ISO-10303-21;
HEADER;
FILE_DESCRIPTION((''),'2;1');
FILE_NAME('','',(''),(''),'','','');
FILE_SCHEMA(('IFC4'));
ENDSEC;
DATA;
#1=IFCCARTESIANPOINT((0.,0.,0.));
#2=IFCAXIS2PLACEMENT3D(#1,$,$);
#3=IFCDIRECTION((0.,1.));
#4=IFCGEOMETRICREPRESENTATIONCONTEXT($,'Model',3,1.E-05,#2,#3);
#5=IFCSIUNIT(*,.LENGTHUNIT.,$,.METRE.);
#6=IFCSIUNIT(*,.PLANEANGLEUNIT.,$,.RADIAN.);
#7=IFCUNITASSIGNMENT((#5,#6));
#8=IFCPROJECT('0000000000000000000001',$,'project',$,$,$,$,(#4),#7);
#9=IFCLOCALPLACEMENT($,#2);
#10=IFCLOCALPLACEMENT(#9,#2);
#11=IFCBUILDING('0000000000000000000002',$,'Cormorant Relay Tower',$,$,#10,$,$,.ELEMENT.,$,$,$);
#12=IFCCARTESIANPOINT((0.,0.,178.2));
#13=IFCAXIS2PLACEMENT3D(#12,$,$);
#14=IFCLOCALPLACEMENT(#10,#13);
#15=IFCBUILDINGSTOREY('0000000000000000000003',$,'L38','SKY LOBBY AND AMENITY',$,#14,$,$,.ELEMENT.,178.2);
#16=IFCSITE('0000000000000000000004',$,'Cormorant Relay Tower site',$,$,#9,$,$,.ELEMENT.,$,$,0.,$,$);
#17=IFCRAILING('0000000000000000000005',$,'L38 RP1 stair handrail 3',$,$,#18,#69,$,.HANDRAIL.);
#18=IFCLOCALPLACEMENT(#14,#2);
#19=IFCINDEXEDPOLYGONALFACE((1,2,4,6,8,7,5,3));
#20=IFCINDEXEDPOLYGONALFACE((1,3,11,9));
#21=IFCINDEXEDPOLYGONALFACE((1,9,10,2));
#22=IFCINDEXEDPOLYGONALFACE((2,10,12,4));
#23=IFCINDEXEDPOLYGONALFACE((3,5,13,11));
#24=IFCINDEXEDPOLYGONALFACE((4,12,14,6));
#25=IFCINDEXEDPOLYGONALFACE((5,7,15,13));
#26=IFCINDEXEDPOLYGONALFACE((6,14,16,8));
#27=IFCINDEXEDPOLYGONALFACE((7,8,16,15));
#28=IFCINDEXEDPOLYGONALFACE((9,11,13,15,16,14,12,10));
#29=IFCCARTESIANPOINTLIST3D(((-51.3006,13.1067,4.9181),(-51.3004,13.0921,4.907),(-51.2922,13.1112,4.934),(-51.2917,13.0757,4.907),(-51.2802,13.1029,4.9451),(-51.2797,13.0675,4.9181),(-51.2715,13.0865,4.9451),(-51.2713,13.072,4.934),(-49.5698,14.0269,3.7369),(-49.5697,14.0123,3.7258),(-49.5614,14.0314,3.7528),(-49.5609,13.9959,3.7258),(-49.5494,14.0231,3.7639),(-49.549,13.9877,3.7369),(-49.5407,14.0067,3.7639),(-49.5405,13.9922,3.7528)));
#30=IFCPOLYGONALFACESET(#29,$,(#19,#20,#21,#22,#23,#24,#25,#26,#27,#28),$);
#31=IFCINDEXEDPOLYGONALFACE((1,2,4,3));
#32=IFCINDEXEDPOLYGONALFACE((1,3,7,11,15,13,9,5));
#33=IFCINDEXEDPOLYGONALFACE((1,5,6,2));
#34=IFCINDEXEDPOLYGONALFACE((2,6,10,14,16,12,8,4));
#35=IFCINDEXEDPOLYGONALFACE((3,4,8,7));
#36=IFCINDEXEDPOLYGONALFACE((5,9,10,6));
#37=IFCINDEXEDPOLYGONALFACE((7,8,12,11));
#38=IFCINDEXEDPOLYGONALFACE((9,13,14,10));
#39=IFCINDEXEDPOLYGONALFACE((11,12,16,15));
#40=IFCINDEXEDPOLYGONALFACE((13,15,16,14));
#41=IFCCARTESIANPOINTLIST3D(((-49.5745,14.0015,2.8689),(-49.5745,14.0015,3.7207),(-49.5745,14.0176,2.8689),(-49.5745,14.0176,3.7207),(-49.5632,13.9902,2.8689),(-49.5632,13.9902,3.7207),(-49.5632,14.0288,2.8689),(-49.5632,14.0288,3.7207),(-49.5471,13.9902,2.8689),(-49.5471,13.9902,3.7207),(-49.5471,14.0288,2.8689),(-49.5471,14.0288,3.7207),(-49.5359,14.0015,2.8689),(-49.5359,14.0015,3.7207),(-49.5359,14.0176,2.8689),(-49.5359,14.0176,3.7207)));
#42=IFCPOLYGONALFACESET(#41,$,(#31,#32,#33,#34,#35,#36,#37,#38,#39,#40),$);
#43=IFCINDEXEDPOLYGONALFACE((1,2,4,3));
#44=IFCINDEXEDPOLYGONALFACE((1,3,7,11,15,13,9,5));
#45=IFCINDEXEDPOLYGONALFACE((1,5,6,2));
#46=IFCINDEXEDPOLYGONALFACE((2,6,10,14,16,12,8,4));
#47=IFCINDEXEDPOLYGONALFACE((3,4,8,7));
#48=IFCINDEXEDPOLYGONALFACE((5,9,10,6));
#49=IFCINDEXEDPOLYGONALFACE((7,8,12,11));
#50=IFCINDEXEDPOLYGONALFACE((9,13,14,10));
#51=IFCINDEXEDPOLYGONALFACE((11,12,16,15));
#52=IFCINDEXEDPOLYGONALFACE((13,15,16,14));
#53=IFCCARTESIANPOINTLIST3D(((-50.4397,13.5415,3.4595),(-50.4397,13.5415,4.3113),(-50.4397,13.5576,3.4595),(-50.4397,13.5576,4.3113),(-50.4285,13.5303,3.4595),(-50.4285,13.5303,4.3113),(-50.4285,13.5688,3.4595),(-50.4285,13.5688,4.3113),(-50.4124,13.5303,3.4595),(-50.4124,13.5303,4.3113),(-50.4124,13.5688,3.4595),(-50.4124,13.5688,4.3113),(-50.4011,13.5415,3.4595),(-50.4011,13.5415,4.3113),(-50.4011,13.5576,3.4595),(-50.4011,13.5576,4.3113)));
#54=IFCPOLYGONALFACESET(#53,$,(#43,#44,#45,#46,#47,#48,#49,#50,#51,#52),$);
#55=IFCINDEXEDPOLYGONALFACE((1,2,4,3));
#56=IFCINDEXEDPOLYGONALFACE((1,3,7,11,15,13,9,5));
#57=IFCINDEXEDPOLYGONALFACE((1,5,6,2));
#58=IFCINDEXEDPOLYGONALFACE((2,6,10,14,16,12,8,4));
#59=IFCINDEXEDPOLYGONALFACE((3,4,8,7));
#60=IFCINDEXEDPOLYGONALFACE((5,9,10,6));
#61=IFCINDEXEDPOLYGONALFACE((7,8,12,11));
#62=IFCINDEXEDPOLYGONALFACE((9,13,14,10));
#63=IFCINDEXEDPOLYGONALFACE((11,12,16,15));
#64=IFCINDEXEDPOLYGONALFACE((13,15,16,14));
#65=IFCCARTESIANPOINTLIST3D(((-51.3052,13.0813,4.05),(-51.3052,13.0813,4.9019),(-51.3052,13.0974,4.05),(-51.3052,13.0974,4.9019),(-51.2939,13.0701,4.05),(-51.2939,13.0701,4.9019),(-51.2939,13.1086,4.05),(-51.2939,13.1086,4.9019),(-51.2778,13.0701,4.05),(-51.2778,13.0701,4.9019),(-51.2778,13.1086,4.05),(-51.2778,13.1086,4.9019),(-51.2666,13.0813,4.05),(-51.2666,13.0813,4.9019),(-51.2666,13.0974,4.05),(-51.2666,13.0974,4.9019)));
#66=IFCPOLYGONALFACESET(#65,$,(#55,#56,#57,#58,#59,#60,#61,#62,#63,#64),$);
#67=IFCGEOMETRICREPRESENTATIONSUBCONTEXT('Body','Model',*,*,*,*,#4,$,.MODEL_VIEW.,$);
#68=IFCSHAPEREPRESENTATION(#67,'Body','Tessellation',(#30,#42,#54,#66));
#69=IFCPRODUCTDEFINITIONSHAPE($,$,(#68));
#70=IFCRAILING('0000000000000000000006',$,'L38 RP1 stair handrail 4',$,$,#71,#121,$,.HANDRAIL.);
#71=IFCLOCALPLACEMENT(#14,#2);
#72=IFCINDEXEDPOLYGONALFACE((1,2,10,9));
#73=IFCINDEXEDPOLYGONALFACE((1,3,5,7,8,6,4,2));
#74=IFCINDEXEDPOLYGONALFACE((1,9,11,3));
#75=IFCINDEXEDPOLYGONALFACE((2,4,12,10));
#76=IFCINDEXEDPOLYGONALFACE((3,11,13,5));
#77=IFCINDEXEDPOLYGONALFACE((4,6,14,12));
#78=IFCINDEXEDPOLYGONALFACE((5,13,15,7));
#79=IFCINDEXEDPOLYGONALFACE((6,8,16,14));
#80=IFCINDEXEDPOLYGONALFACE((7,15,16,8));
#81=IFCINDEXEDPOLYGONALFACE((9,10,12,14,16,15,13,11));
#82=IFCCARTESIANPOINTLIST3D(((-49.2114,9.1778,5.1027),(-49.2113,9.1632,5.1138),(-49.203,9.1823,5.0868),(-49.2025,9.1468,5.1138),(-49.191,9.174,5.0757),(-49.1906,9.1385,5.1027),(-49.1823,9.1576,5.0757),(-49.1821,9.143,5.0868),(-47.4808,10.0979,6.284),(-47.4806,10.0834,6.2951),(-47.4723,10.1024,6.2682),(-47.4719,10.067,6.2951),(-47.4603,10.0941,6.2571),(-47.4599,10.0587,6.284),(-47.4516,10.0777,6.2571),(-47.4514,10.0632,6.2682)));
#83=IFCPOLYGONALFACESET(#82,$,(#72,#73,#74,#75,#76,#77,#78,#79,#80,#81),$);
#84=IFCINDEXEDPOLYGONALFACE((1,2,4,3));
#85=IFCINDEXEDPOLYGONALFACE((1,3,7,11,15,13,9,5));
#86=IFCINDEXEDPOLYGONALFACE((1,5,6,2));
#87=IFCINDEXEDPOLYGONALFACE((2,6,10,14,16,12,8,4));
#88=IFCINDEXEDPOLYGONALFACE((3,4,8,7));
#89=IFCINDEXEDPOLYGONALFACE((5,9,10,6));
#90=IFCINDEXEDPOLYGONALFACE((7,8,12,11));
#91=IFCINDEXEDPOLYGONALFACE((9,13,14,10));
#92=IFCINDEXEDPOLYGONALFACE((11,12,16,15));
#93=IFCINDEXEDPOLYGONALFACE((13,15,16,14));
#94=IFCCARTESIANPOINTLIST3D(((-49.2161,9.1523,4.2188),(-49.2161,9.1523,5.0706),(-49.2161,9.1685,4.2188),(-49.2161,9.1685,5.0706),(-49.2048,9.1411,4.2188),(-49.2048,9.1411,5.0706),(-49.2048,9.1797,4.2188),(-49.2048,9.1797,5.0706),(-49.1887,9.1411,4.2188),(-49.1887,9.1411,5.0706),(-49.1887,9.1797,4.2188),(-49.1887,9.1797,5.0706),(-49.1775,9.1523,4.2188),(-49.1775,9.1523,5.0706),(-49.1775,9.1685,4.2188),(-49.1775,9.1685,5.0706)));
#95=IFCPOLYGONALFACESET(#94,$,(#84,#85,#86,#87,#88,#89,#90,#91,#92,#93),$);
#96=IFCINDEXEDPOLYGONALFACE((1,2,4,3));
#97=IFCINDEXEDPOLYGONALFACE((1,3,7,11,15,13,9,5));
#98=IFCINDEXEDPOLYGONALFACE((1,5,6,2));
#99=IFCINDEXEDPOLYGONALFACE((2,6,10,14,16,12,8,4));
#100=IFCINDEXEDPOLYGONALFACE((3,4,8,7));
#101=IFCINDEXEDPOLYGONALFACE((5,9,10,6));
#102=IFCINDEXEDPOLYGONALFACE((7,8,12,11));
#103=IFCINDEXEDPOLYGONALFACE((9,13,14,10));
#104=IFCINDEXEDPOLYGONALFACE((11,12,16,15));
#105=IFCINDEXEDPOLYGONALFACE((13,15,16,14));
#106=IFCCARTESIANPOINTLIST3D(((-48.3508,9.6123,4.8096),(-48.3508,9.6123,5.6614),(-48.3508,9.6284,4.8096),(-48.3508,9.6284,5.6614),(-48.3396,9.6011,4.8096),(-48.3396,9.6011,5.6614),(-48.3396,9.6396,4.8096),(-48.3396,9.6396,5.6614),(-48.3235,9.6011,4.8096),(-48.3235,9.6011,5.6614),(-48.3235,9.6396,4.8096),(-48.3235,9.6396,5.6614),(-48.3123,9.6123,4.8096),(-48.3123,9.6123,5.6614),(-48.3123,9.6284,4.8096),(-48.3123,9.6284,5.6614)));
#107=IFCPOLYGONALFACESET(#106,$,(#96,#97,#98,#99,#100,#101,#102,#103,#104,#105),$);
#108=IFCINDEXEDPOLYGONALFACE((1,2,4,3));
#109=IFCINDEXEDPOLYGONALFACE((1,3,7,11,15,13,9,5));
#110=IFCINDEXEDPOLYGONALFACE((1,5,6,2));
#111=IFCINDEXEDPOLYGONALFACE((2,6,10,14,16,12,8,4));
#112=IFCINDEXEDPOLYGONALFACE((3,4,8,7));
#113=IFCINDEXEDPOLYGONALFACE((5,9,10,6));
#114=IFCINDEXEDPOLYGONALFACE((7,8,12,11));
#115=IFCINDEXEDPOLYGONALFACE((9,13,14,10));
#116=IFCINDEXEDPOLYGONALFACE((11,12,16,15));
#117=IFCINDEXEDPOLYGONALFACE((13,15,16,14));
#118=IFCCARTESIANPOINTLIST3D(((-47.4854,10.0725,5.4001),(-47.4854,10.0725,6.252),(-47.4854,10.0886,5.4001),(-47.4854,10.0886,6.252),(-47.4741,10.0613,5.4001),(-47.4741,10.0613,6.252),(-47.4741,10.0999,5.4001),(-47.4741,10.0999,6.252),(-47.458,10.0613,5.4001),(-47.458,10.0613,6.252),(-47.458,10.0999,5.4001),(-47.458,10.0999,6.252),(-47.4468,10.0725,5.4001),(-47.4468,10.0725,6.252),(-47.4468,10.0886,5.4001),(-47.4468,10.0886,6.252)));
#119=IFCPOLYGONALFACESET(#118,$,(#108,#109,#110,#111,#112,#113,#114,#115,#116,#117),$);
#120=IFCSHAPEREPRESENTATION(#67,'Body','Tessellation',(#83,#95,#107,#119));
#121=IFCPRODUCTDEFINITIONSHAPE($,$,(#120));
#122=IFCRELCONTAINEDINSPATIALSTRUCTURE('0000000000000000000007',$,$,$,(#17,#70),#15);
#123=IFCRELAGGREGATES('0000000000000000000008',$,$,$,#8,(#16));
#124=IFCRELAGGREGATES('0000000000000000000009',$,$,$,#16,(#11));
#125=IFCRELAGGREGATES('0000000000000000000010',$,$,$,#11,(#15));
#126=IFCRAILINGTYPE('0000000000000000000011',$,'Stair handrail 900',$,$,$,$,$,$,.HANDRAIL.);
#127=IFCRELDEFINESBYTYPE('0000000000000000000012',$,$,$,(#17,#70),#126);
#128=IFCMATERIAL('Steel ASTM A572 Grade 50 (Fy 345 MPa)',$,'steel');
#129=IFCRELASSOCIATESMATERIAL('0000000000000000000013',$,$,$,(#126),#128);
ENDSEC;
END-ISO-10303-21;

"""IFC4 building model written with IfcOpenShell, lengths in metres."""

from ifc_helpers import new_model, si_unit, direction, frame, origin, place, context, subcontext, project, spatial, polyline, outline, extrude, material, type_object, element, save


model = new_model("IFC4")

# Units and contexts
model_context = context("Model", 3, precision=1e-05, world=origin(), true_north=direction((0.0, 1.0)))
body_context = subcontext(model_context, "Body", "Model", "MODEL_VIEW")
ifc_project = project(units=[si_unit("LENGTHUNIT", "METRE"), si_unit("PLANEANGLEUNIT", "RADIAN")], contexts=[model_context])

# Site, building, storey
site_placement = place(None, origin())
site = spatial("IfcSite", under=ifc_project, at=site_placement, Name="Cormorant Relay Tower site", CompositionType="ELEMENT", RefElevation=0.0)
building_placement = place(site_placement, origin())
building = spatial("IfcBuilding", under=site, at=building_placement, Name="Cormorant Relay Tower", CompositionType="ELEMENT")
storey_placement = place(building_placement, frame((0.0, 0.0, 178.2)))
storey = spatial("IfcBuildingStorey", under=building, at=storey_placement, Name="L38", Description="SKY LOBBY AND AMENITY", CompositionType="ELEMENT", Elevation=178.2)

# Railings
ifc_material_1 = material(Name="Steel ASTM A572 Grade 50 (Fy 345 MPa)", Category="steel")
railing_type_1 = type_object("IfcRailingType", Name="Stair handrail 900", PredefinedType="HANDRAIL", material=ifc_material_1)
railing_1_placement = place(storey_placement, frame((-49.5552, 14.0095, 2.8689)))
element("IfcRailing", 1, at=railing_1_placement, inside=storey, type_object=railing_type_1, Name="L38 RP1 stair handrail 3", PredefinedType="HANDRAIL", context=body_context, shape_type="SweptSolid", body=[
    extrude(outline(polyline([(0.0222, 0.0093), (0.0093, 0.0222), (-0.0093, 0.0222), (-0.0222, 0.0093), (-0.0222, -0.0093), (-0.0093, -0.0222), (0.0093, -0.0222), (0.0222, -0.0093), (0.0222, 0.0093)])), frame((0.0, 0.0, 0.876), z_axis=(-0.756268, -0.402084, 0.516127), x_axis=(0.469444, -0.882962, 0.0)), (0.0, 0.0, 1.0), 2.2886),
    extrude(outline(polyline([(0.0193, 0.0081), (0.0081, 0.0193), (-0.0081, 0.0193), (-0.0193, 0.0081), (-0.0193, -0.0081), (-0.0081, -0.0193), (0.0081, -0.0193), (0.0193, -0.0081), (0.0193, 0.0081)])), origin(), (0.0, 0.0, 1.0), 0.8518),
    extrude(outline(polyline([(0.0193, 0.0081), (0.0081, 0.0193), (-0.0081, 0.0193), (-0.0193, 0.0081), (-0.0193, -0.0081), (-0.0081, -0.0193), (0.0081, -0.0193), (0.0193, -0.0081), (0.0193, 0.0081)])), frame((-0.8652, -0.46, 0.5906)), (0.0, 0.0, 1.0), 0.8518),
    extrude(outline(polyline([(0.0193, 0.0081), (0.0081, 0.0193), (-0.0081, 0.0193), (-0.0193, 0.0081), (-0.0193, -0.0081), (-0.0081, -0.0193), (0.0081, -0.0193), (0.0193, -0.0081), (0.0193, 0.0081)])), frame((-1.7307, -0.9202, 1.1812)), (0.0, 0.0, 1.0), 0.8518),
])
railing_2_placement = place(storey_placement, frame((-49.1968, 9.1604, 4.2188)))
element("IfcRailing", 2, at=railing_2_placement, inside=storey, type_object=railing_type_1, Name="L38 RP1 stair handrail 4", PredefinedType="HANDRAIL", context=body_context, shape_type="SweptSolid", body=[
    extrude(outline(polyline([(0.0222, 0.0093), (0.0093, 0.0222), (-0.0093, 0.0222), (-0.0222, 0.0093), (-0.0222, -0.0093), (-0.0093, -0.0222), (0.0093, -0.0222), (0.0222, -0.0093), (0.0222, 0.0093)])), frame((0.0, 0.0, 0.876), z_axis=(0.756226, 0.402062, 0.516205), x_axis=(-0.469444, 0.882962, 0.0)), (0.0, 0.0, 1.0), 2.2886),
    extrude(outline(polyline([(0.0193, 0.0081), (0.0081, 0.0193), (-0.0081, 0.0193), (-0.0193, 0.0081), (-0.0193, -0.0081), (-0.0081, -0.0193), (0.0081, -0.0193), (0.0193, -0.0081), (0.0193, 0.0081)])), origin(), (0.0, 0.0, 1.0), 0.8518),
    extrude(outline(polyline([(0.0193, 0.0081), (0.0081, 0.0193), (-0.0081, 0.0193), (-0.0193, 0.0081), (-0.0193, -0.0081), (-0.0081, -0.0193), (0.0081, -0.0193), (0.0193, -0.0081), (0.0193, 0.0081)])), frame((0.8652, 0.46, 0.5908)), (0.0, 0.0, 1.0), 0.8518),
    extrude(outline(polyline([(0.0193, 0.0081), (0.0081, 0.0193), (-0.0081, 0.0193), (-0.0193, 0.0081), (-0.0193, -0.0081), (-0.0081, -0.0193), (0.0081, -0.0193), (0.0193, -0.0081), (0.0193, 0.0081)])), frame((1.7307, 0.9202, 1.1814)), (0.0, 0.0, 1.0), 0.8518),
])

save(model, "model.ifc")
